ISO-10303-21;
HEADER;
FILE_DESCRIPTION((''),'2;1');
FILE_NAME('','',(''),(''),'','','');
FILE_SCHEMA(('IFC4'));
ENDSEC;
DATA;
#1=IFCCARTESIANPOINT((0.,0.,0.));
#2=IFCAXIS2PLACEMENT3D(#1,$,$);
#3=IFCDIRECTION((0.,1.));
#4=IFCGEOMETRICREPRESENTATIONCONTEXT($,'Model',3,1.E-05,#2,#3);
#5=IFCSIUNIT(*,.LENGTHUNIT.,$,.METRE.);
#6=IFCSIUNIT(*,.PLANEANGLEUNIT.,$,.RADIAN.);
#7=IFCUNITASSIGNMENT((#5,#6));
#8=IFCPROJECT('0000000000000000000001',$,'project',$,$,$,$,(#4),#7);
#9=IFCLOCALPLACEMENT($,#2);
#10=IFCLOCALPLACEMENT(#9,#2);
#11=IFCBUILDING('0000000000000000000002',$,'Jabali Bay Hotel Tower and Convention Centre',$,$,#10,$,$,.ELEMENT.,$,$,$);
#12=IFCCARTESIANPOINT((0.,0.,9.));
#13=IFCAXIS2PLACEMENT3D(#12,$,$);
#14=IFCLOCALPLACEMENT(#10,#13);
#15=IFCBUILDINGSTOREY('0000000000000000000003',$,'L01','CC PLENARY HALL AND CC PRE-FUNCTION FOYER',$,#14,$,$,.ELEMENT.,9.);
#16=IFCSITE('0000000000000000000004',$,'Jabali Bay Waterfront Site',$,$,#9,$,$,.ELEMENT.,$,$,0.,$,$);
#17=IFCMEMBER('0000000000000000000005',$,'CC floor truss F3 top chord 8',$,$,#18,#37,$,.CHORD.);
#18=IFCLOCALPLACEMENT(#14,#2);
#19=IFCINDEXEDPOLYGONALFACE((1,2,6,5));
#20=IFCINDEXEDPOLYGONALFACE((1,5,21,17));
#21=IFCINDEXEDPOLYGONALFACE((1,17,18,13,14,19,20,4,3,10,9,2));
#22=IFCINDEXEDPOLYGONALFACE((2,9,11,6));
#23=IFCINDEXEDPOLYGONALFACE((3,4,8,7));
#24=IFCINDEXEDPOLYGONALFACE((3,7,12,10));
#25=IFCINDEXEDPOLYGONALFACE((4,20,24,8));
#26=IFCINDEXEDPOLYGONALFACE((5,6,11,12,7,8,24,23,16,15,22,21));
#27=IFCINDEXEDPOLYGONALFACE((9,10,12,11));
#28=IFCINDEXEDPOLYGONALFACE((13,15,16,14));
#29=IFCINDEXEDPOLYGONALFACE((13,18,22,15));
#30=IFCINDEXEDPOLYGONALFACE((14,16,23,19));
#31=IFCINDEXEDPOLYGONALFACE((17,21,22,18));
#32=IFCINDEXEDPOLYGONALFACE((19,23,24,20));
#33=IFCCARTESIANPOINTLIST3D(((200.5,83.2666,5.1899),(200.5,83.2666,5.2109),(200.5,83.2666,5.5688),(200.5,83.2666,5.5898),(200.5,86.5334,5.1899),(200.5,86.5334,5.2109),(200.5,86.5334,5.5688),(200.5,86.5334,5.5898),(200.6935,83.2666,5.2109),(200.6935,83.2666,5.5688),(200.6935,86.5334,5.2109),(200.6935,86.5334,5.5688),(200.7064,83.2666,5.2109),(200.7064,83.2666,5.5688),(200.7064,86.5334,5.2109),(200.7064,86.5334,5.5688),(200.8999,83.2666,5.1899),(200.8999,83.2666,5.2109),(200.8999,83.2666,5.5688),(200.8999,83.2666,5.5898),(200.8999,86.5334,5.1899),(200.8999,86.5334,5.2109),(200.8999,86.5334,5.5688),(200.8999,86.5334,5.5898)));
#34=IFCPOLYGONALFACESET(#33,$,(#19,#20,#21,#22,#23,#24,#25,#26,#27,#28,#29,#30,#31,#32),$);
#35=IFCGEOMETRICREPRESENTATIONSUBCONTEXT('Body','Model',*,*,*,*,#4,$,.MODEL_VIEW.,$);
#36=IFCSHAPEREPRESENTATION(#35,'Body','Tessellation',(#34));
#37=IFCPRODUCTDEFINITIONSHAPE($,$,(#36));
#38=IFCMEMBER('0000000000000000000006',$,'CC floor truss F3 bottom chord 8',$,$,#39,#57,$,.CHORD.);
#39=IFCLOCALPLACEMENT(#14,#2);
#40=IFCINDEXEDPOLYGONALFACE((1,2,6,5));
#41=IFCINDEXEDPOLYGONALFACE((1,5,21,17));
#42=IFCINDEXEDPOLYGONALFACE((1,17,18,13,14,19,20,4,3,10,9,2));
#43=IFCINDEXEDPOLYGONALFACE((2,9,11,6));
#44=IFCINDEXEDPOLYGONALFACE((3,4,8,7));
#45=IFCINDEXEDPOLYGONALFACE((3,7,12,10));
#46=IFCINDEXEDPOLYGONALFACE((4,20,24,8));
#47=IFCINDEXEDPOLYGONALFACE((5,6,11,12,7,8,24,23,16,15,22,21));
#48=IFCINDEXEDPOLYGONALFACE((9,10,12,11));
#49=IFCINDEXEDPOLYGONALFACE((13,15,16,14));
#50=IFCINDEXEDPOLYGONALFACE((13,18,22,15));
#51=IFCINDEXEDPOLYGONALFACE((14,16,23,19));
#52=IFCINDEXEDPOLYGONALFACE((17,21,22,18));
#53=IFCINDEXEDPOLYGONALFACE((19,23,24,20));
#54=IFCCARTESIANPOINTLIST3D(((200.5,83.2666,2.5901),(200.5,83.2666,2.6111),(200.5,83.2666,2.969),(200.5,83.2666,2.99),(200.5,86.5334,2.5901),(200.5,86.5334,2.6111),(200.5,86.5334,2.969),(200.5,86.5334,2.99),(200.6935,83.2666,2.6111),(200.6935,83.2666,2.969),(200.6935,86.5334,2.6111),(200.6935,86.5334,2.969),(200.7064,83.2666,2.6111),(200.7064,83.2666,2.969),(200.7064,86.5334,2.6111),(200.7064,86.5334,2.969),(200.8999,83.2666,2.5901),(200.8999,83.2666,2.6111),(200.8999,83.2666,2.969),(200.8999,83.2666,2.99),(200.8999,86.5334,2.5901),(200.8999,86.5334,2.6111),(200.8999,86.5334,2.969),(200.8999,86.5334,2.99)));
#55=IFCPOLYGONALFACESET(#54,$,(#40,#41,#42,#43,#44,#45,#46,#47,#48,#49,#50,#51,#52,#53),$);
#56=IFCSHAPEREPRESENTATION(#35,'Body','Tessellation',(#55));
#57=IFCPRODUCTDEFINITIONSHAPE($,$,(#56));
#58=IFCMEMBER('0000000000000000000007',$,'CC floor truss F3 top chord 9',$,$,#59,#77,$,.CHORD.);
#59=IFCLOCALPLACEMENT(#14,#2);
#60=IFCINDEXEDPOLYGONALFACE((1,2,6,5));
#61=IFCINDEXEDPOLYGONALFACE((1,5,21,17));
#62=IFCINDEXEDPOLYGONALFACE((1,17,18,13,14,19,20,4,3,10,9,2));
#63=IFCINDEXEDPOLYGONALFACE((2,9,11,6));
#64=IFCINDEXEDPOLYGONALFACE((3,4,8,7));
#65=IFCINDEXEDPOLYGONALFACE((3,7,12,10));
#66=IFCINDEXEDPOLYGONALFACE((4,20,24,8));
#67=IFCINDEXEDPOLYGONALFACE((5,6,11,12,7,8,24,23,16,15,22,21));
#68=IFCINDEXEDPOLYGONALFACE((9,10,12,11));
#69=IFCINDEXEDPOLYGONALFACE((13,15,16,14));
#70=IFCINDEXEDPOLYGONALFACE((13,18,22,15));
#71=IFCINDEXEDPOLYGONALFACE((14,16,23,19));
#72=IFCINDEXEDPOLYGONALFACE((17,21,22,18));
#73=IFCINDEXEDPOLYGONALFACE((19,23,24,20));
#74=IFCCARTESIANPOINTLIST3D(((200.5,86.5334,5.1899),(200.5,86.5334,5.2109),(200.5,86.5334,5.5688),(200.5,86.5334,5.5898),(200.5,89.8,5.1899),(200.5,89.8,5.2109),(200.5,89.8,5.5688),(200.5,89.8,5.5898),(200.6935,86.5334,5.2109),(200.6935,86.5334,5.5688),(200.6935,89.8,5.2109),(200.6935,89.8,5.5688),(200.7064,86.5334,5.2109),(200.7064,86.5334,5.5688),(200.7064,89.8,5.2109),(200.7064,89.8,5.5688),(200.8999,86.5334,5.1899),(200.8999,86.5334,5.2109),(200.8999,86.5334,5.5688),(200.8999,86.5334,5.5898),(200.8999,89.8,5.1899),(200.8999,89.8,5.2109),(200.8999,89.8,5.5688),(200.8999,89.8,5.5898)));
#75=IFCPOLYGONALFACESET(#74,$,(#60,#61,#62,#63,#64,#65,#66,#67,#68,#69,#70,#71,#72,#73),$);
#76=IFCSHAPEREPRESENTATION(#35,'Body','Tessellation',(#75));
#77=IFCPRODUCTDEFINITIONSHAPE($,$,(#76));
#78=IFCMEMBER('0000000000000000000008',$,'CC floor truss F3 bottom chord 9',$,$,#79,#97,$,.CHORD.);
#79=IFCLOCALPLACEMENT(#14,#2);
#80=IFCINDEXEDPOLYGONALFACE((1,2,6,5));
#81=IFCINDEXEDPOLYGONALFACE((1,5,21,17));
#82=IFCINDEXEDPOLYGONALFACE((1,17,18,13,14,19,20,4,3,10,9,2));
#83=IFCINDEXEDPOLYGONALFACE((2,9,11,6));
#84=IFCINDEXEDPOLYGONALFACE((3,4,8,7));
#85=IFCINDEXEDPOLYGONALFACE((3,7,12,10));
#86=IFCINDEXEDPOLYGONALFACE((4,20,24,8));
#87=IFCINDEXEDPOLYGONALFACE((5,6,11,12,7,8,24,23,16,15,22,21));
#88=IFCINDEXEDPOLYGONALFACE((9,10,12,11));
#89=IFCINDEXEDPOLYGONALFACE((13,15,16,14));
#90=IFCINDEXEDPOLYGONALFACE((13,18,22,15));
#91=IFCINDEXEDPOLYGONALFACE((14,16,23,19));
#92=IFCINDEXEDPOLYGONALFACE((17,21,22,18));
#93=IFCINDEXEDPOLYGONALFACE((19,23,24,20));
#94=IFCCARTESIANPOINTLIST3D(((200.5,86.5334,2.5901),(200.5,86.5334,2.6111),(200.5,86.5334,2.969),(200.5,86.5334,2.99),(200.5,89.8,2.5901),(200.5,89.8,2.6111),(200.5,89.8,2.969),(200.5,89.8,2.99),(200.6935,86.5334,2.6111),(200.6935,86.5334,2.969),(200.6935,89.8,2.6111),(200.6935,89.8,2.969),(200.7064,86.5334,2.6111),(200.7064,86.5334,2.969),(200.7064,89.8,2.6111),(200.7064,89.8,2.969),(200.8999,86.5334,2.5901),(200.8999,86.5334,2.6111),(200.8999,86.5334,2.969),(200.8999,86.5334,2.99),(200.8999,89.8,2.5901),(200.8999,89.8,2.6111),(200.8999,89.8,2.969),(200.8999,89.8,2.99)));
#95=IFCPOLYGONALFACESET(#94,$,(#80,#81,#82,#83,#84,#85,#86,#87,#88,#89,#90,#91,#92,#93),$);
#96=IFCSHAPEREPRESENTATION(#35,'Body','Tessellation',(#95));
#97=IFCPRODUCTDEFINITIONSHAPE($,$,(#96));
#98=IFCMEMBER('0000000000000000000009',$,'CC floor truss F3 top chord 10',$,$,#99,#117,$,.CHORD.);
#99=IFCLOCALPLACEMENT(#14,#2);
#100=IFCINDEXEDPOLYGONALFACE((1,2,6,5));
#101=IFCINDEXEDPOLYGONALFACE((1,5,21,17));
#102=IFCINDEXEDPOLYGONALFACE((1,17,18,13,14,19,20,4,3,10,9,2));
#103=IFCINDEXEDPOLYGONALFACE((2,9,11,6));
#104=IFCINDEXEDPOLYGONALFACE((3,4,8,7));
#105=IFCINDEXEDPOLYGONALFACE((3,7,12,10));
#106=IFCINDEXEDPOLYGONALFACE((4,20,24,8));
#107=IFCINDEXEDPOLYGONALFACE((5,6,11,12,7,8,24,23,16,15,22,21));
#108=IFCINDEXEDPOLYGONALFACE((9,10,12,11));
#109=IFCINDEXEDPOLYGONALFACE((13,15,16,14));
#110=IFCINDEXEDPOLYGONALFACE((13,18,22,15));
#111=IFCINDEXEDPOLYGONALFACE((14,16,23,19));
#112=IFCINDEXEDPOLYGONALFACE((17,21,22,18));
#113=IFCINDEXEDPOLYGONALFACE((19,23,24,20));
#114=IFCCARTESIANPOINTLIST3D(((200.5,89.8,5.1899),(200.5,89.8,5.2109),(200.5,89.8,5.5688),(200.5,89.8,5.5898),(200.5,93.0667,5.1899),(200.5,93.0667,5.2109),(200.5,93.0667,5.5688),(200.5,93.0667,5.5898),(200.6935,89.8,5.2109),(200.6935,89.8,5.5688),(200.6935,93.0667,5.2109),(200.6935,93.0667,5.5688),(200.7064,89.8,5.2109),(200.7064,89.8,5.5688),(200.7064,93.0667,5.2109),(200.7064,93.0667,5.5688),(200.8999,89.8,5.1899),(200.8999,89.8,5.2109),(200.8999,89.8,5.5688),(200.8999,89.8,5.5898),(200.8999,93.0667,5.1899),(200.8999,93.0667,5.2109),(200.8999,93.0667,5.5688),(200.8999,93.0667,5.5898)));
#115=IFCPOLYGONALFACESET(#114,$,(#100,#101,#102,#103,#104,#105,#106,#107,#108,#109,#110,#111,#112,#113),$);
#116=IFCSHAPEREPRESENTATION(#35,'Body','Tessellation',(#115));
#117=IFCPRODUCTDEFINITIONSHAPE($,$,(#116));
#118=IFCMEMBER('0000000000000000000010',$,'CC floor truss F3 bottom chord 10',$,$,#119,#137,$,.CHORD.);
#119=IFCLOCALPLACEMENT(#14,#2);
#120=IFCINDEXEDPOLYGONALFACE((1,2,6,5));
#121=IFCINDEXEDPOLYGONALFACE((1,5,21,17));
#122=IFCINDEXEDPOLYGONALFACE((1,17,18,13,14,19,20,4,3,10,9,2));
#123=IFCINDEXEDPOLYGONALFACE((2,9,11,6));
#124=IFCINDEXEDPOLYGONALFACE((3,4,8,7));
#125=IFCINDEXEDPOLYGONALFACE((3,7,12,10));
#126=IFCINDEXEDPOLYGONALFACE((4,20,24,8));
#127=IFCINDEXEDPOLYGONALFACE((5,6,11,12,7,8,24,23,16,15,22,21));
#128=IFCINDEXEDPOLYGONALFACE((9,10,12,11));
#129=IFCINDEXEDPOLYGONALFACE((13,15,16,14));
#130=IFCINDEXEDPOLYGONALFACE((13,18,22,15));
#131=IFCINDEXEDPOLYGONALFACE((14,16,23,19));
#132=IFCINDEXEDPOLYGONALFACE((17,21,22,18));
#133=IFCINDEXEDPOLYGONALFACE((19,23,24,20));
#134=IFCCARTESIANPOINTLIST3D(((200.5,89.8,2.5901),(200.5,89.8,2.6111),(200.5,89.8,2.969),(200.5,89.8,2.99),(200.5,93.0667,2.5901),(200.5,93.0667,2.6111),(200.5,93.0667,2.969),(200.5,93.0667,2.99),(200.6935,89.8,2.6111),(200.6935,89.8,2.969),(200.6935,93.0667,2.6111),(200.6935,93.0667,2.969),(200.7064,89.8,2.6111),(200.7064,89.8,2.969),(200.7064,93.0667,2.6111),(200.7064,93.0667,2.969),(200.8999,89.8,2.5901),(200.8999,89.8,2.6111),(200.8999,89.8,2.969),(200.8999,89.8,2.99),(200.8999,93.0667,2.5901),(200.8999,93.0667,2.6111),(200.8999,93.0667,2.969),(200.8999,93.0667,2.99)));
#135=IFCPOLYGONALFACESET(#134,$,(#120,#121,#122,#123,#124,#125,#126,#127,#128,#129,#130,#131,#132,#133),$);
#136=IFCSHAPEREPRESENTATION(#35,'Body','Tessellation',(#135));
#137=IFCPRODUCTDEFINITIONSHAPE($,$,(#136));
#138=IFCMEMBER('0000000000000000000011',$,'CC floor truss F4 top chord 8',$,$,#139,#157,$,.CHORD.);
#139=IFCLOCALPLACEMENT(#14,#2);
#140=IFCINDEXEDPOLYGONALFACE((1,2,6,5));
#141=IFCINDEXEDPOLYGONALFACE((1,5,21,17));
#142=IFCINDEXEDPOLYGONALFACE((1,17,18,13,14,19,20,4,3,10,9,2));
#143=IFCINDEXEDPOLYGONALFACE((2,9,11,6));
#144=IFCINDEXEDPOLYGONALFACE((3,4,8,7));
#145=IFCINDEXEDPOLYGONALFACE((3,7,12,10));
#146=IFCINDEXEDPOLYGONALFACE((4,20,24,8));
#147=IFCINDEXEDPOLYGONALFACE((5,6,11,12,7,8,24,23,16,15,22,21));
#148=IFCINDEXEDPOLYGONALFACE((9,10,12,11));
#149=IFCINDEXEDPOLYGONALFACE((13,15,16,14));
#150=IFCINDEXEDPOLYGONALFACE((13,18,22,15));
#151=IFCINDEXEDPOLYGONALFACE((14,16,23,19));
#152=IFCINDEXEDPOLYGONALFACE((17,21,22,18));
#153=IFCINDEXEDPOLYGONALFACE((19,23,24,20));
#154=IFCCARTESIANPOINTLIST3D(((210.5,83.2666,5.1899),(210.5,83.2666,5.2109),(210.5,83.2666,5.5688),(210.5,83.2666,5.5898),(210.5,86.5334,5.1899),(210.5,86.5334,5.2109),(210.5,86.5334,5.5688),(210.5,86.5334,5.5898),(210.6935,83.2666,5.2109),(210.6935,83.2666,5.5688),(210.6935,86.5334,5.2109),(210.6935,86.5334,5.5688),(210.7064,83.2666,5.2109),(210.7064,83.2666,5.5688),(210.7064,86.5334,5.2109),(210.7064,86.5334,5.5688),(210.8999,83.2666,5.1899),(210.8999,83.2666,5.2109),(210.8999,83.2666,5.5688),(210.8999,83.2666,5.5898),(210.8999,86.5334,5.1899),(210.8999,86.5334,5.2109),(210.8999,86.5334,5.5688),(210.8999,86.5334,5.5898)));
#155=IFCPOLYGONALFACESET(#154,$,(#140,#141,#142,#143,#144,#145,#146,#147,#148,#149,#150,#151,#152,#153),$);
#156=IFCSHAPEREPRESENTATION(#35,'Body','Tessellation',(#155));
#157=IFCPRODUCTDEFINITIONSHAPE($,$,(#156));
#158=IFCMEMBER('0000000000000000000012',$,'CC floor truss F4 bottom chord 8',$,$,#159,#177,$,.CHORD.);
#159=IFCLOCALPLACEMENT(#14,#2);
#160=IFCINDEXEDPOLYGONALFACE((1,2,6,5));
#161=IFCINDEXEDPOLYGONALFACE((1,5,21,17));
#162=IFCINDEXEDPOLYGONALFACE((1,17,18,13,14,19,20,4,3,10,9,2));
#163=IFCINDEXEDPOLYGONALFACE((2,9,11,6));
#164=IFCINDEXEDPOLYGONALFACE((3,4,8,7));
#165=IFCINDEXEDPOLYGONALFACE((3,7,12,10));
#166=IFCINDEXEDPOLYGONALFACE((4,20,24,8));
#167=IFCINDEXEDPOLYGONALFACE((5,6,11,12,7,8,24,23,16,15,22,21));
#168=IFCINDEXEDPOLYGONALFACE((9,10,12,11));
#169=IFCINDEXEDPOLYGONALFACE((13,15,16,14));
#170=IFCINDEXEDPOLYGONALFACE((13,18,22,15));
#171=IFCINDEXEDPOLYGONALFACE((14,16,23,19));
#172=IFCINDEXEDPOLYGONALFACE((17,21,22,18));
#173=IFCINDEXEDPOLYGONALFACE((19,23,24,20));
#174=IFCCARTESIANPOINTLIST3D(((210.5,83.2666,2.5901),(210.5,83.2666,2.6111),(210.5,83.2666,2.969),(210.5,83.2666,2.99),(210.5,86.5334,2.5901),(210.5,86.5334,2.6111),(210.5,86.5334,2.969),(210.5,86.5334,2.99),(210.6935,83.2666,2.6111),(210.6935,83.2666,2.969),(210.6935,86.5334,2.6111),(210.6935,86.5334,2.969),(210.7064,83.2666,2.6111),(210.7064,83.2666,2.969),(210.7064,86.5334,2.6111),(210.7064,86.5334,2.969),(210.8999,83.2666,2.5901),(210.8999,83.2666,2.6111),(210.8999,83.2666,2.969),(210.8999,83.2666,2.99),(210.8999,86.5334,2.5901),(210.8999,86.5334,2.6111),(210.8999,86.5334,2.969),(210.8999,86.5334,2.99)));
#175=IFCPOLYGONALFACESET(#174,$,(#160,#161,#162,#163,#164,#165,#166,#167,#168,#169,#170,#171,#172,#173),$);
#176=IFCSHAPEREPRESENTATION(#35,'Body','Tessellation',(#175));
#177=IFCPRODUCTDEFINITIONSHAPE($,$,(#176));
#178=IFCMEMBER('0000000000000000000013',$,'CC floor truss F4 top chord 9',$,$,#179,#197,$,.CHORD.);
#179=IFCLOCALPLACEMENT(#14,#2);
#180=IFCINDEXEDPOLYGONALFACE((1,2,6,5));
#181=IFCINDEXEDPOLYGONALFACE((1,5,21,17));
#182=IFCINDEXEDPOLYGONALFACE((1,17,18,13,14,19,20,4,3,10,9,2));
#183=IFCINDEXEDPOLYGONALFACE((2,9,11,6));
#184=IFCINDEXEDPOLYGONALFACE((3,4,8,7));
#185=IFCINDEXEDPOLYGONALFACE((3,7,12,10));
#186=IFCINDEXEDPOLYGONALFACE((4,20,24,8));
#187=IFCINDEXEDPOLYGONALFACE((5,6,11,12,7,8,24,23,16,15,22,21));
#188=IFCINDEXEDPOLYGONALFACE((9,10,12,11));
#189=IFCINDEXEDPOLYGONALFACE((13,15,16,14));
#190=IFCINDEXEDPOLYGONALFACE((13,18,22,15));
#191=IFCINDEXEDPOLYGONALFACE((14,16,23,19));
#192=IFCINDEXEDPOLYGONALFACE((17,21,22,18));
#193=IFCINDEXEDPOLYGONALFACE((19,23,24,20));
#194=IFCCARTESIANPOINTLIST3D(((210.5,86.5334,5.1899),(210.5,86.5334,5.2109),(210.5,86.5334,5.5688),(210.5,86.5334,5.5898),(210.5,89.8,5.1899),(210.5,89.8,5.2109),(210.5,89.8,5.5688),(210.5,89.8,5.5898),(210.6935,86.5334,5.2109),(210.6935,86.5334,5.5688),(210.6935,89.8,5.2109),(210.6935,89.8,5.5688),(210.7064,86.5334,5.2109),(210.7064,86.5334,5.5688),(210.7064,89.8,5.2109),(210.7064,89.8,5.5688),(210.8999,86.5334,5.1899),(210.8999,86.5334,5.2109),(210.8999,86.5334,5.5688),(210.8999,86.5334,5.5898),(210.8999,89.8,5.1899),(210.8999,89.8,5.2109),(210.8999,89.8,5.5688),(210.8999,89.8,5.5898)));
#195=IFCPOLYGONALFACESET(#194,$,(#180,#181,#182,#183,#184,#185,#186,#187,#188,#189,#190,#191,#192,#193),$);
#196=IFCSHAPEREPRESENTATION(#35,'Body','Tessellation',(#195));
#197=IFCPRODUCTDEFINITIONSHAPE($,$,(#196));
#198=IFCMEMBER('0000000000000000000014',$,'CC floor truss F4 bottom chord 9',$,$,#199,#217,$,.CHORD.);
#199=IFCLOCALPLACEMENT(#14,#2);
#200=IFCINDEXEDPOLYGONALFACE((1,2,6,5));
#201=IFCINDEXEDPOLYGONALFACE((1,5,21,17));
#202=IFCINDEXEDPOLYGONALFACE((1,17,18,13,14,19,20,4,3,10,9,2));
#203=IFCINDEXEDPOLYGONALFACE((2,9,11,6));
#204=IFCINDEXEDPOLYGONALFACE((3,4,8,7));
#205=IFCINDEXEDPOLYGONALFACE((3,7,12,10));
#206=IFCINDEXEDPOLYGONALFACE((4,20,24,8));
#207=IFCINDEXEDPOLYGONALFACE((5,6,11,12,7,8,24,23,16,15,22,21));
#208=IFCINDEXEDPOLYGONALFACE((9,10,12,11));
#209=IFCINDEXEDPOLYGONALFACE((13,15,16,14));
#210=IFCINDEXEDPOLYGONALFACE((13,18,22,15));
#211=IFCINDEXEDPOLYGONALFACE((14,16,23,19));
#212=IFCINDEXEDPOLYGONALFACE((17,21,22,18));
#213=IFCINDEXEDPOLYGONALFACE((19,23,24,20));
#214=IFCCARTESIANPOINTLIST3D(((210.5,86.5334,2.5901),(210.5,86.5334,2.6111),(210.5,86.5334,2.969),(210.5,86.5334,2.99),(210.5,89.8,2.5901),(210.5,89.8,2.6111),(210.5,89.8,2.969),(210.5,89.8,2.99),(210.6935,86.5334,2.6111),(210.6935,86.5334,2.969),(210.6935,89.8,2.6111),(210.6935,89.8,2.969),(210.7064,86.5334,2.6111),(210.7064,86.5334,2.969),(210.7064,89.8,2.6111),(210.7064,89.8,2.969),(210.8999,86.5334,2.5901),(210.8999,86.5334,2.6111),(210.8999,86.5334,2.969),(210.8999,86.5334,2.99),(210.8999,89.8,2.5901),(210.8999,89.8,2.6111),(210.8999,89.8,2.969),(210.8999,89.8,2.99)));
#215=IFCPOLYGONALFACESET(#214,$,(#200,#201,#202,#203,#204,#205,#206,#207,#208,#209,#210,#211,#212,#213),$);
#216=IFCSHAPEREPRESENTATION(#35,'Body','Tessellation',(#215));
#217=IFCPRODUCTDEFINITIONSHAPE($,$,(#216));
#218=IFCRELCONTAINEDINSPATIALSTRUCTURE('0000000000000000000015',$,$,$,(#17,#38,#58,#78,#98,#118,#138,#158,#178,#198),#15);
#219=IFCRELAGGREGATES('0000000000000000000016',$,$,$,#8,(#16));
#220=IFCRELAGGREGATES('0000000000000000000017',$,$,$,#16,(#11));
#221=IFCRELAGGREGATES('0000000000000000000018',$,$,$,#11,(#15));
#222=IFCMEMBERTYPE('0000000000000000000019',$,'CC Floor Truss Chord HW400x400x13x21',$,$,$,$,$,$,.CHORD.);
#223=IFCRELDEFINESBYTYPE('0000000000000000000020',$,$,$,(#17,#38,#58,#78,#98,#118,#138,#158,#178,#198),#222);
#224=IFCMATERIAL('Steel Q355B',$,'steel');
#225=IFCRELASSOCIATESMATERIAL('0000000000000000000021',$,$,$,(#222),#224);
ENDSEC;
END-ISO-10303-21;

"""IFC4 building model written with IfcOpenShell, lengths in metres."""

from ifc_helpers import new_model, si_unit, direction, frame, origin, origin_2d, place, context, subcontext, project, spatial, i_section, extrude, material, material_profile, profile_set, type_object, element, save


model = new_model("IFC4")

# Units and contexts
model_context = context("Model", 3, precision=1e-05, world=origin(), true_north=direction((0.0, 1.0)))
body_context = subcontext(model_context, "Body", "Model", "MODEL_VIEW")
ifc_project = project(units=[si_unit("LENGTHUNIT", "METRE"), si_unit("PLANEANGLEUNIT", "RADIAN")], contexts=[model_context])

# Site, building, storey
site_placement = place(None, origin())
site = spatial("IfcSite", under=ifc_project, at=site_placement, Name="Jabali Bay Waterfront Site", CompositionType="ELEMENT", RefElevation=0.0)
building_placement = place(site_placement, origin())
building = spatial("IfcBuilding", under=site, at=building_placement, Name="Jabali Bay Hotel Tower and Convention Centre", CompositionType="ELEMENT")
storey_placement = place(building_placement, frame((0.0, 0.0, 9.0)))
storey = spatial("IfcBuildingStorey", under=building, at=storey_placement, Name="L01", Description="CC PLENARY HALL AND CC PRE-FUNCTION FOYER", CompositionType="ELEMENT", Elevation=9.0)

# Members
ifc_material = material(Name="Steel Q355B", Category="steel")
ifc_material_profile_1 = material_profile(ifc_material, i_section(OverallWidth=0.3999, OverallDepth=0.3999, WebThickness=0.0129, FlangeThickness=0.021, at=origin_2d()), Name="HW400x400x13x21")
ifc_profile_set_1 = profile_set([ifc_material_profile_1], Name="Steel Q355B")
member_type_1 = type_object("IfcMemberType", Name="CC Floor Truss Chord HW400x400x13x21", PredefinedType="CHORD", material=ifc_profile_set_1)
for number, where, z_axis, x_axis, name in (
    (1, (200.7, 83.2666, 5.3899), (0.0, 1.0, 0.0), (-1.0, 0.0, 0.0), "CC floor truss F3 top chord 8"),
    (2, (200.7, 83.2666, 2.79), (0.0, 1.0, 0.0), (-1.0, 0.0, 0.0), "CC floor truss F3 bottom chord 8"),
):
    element("IfcMember", number, at=place(storey_placement, frame(where, z_axis=z_axis, x_axis=x_axis)), inside=storey, type_object=member_type_1, Name=name, PredefinedType="CHORD", context=body_context, shape_type="SweptSolid", body=[
        extrude(i_section(OverallWidth=0.3999, OverallDepth=0.3999, WebThickness=0.0129, FlangeThickness=0.021, at=origin_2d()), origin(), (0.0, 0.0, 1.0), 3.2668),
    ])
for number, where, z_axis, x_axis, name in (
    (3, (200.7, 86.5334, 5.3899), (0.0, 1.0, 0.0), (-1.0, 0.0, 0.0), "CC floor truss F3 top chord 9"),
    (4, (200.7, 86.5334, 2.79), (0.0, 1.0, 0.0), (-1.0, 0.0, 0.0), "CC floor truss F3 bottom chord 9"),
    (5, (200.7, 89.8, 5.3899), (0.0, 1.0, 0.0), (-1.0, 0.0, 0.0), "CC floor truss F3 top chord 10"),
    (6, (200.7, 89.8, 2.79), (0.0, 1.0, 0.0), (-1.0, 0.0, 0.0), "CC floor truss F3 bottom chord 10"),
):
    element("IfcMember", number, at=place(storey_placement, frame(where, z_axis=z_axis, x_axis=x_axis)), inside=storey, type_object=member_type_1, Name=name, PredefinedType="CHORD", context=body_context, shape_type="SweptSolid", body=[
        extrude(i_section(OverallWidth=0.3999, OverallDepth=0.3999, WebThickness=0.0129, FlangeThickness=0.021, at=origin_2d()), origin(), (0.0, 0.0, 1.0), 3.2666),
    ])
for number, where, z_axis, x_axis, name in (
    (7, (210.7, 83.2666, 5.3899), (0.0, 1.0, 0.0), (-1.0, 0.0, 0.0), "CC floor truss F4 top chord 8"),
    (8, (210.7, 83.2666, 2.79), (0.0, 1.0, 0.0), (-1.0, 0.0, 0.0), "CC floor truss F4 bottom chord 8"),
):
    element("IfcMember", number, at=place(storey_placement, frame(where, z_axis=z_axis, x_axis=x_axis)), inside=storey, type_object=member_type_1, Name=name, PredefinedType="CHORD", context=body_context, shape_type="SweptSolid", body=[
        extrude(i_section(OverallWidth=0.3999, OverallDepth=0.3999, WebThickness=0.0129, FlangeThickness=0.021, at=origin_2d()), origin(), (0.0, 0.0, 1.0), 3.2668),
    ])
for number, where, z_axis, x_axis, name in (
    (9, (210.7, 86.5334, 5.3899), (0.0, 1.0, 0.0), (-1.0, 0.0, 0.0), "CC floor truss F4 top chord 9"),
    (10, (210.7, 86.5334, 2.79), (0.0, 1.0, 0.0), (-1.0, 0.0, 0.0), "CC floor truss F4 bottom chord 9"),
):
    element("IfcMember", number, at=place(storey_placement, frame(where, z_axis=z_axis, x_axis=x_axis)), inside=storey, type_object=member_type_1, Name=name, PredefinedType="CHORD", context=body_context, shape_type="SweptSolid", body=[
        extrude(i_section(OverallWidth=0.3999, OverallDepth=0.3999, WebThickness=0.0129, FlangeThickness=0.021, at=origin_2d()), origin(), (0.0, 0.0, 1.0), 3.2666),
    ])

save(model, "model.ifc")
